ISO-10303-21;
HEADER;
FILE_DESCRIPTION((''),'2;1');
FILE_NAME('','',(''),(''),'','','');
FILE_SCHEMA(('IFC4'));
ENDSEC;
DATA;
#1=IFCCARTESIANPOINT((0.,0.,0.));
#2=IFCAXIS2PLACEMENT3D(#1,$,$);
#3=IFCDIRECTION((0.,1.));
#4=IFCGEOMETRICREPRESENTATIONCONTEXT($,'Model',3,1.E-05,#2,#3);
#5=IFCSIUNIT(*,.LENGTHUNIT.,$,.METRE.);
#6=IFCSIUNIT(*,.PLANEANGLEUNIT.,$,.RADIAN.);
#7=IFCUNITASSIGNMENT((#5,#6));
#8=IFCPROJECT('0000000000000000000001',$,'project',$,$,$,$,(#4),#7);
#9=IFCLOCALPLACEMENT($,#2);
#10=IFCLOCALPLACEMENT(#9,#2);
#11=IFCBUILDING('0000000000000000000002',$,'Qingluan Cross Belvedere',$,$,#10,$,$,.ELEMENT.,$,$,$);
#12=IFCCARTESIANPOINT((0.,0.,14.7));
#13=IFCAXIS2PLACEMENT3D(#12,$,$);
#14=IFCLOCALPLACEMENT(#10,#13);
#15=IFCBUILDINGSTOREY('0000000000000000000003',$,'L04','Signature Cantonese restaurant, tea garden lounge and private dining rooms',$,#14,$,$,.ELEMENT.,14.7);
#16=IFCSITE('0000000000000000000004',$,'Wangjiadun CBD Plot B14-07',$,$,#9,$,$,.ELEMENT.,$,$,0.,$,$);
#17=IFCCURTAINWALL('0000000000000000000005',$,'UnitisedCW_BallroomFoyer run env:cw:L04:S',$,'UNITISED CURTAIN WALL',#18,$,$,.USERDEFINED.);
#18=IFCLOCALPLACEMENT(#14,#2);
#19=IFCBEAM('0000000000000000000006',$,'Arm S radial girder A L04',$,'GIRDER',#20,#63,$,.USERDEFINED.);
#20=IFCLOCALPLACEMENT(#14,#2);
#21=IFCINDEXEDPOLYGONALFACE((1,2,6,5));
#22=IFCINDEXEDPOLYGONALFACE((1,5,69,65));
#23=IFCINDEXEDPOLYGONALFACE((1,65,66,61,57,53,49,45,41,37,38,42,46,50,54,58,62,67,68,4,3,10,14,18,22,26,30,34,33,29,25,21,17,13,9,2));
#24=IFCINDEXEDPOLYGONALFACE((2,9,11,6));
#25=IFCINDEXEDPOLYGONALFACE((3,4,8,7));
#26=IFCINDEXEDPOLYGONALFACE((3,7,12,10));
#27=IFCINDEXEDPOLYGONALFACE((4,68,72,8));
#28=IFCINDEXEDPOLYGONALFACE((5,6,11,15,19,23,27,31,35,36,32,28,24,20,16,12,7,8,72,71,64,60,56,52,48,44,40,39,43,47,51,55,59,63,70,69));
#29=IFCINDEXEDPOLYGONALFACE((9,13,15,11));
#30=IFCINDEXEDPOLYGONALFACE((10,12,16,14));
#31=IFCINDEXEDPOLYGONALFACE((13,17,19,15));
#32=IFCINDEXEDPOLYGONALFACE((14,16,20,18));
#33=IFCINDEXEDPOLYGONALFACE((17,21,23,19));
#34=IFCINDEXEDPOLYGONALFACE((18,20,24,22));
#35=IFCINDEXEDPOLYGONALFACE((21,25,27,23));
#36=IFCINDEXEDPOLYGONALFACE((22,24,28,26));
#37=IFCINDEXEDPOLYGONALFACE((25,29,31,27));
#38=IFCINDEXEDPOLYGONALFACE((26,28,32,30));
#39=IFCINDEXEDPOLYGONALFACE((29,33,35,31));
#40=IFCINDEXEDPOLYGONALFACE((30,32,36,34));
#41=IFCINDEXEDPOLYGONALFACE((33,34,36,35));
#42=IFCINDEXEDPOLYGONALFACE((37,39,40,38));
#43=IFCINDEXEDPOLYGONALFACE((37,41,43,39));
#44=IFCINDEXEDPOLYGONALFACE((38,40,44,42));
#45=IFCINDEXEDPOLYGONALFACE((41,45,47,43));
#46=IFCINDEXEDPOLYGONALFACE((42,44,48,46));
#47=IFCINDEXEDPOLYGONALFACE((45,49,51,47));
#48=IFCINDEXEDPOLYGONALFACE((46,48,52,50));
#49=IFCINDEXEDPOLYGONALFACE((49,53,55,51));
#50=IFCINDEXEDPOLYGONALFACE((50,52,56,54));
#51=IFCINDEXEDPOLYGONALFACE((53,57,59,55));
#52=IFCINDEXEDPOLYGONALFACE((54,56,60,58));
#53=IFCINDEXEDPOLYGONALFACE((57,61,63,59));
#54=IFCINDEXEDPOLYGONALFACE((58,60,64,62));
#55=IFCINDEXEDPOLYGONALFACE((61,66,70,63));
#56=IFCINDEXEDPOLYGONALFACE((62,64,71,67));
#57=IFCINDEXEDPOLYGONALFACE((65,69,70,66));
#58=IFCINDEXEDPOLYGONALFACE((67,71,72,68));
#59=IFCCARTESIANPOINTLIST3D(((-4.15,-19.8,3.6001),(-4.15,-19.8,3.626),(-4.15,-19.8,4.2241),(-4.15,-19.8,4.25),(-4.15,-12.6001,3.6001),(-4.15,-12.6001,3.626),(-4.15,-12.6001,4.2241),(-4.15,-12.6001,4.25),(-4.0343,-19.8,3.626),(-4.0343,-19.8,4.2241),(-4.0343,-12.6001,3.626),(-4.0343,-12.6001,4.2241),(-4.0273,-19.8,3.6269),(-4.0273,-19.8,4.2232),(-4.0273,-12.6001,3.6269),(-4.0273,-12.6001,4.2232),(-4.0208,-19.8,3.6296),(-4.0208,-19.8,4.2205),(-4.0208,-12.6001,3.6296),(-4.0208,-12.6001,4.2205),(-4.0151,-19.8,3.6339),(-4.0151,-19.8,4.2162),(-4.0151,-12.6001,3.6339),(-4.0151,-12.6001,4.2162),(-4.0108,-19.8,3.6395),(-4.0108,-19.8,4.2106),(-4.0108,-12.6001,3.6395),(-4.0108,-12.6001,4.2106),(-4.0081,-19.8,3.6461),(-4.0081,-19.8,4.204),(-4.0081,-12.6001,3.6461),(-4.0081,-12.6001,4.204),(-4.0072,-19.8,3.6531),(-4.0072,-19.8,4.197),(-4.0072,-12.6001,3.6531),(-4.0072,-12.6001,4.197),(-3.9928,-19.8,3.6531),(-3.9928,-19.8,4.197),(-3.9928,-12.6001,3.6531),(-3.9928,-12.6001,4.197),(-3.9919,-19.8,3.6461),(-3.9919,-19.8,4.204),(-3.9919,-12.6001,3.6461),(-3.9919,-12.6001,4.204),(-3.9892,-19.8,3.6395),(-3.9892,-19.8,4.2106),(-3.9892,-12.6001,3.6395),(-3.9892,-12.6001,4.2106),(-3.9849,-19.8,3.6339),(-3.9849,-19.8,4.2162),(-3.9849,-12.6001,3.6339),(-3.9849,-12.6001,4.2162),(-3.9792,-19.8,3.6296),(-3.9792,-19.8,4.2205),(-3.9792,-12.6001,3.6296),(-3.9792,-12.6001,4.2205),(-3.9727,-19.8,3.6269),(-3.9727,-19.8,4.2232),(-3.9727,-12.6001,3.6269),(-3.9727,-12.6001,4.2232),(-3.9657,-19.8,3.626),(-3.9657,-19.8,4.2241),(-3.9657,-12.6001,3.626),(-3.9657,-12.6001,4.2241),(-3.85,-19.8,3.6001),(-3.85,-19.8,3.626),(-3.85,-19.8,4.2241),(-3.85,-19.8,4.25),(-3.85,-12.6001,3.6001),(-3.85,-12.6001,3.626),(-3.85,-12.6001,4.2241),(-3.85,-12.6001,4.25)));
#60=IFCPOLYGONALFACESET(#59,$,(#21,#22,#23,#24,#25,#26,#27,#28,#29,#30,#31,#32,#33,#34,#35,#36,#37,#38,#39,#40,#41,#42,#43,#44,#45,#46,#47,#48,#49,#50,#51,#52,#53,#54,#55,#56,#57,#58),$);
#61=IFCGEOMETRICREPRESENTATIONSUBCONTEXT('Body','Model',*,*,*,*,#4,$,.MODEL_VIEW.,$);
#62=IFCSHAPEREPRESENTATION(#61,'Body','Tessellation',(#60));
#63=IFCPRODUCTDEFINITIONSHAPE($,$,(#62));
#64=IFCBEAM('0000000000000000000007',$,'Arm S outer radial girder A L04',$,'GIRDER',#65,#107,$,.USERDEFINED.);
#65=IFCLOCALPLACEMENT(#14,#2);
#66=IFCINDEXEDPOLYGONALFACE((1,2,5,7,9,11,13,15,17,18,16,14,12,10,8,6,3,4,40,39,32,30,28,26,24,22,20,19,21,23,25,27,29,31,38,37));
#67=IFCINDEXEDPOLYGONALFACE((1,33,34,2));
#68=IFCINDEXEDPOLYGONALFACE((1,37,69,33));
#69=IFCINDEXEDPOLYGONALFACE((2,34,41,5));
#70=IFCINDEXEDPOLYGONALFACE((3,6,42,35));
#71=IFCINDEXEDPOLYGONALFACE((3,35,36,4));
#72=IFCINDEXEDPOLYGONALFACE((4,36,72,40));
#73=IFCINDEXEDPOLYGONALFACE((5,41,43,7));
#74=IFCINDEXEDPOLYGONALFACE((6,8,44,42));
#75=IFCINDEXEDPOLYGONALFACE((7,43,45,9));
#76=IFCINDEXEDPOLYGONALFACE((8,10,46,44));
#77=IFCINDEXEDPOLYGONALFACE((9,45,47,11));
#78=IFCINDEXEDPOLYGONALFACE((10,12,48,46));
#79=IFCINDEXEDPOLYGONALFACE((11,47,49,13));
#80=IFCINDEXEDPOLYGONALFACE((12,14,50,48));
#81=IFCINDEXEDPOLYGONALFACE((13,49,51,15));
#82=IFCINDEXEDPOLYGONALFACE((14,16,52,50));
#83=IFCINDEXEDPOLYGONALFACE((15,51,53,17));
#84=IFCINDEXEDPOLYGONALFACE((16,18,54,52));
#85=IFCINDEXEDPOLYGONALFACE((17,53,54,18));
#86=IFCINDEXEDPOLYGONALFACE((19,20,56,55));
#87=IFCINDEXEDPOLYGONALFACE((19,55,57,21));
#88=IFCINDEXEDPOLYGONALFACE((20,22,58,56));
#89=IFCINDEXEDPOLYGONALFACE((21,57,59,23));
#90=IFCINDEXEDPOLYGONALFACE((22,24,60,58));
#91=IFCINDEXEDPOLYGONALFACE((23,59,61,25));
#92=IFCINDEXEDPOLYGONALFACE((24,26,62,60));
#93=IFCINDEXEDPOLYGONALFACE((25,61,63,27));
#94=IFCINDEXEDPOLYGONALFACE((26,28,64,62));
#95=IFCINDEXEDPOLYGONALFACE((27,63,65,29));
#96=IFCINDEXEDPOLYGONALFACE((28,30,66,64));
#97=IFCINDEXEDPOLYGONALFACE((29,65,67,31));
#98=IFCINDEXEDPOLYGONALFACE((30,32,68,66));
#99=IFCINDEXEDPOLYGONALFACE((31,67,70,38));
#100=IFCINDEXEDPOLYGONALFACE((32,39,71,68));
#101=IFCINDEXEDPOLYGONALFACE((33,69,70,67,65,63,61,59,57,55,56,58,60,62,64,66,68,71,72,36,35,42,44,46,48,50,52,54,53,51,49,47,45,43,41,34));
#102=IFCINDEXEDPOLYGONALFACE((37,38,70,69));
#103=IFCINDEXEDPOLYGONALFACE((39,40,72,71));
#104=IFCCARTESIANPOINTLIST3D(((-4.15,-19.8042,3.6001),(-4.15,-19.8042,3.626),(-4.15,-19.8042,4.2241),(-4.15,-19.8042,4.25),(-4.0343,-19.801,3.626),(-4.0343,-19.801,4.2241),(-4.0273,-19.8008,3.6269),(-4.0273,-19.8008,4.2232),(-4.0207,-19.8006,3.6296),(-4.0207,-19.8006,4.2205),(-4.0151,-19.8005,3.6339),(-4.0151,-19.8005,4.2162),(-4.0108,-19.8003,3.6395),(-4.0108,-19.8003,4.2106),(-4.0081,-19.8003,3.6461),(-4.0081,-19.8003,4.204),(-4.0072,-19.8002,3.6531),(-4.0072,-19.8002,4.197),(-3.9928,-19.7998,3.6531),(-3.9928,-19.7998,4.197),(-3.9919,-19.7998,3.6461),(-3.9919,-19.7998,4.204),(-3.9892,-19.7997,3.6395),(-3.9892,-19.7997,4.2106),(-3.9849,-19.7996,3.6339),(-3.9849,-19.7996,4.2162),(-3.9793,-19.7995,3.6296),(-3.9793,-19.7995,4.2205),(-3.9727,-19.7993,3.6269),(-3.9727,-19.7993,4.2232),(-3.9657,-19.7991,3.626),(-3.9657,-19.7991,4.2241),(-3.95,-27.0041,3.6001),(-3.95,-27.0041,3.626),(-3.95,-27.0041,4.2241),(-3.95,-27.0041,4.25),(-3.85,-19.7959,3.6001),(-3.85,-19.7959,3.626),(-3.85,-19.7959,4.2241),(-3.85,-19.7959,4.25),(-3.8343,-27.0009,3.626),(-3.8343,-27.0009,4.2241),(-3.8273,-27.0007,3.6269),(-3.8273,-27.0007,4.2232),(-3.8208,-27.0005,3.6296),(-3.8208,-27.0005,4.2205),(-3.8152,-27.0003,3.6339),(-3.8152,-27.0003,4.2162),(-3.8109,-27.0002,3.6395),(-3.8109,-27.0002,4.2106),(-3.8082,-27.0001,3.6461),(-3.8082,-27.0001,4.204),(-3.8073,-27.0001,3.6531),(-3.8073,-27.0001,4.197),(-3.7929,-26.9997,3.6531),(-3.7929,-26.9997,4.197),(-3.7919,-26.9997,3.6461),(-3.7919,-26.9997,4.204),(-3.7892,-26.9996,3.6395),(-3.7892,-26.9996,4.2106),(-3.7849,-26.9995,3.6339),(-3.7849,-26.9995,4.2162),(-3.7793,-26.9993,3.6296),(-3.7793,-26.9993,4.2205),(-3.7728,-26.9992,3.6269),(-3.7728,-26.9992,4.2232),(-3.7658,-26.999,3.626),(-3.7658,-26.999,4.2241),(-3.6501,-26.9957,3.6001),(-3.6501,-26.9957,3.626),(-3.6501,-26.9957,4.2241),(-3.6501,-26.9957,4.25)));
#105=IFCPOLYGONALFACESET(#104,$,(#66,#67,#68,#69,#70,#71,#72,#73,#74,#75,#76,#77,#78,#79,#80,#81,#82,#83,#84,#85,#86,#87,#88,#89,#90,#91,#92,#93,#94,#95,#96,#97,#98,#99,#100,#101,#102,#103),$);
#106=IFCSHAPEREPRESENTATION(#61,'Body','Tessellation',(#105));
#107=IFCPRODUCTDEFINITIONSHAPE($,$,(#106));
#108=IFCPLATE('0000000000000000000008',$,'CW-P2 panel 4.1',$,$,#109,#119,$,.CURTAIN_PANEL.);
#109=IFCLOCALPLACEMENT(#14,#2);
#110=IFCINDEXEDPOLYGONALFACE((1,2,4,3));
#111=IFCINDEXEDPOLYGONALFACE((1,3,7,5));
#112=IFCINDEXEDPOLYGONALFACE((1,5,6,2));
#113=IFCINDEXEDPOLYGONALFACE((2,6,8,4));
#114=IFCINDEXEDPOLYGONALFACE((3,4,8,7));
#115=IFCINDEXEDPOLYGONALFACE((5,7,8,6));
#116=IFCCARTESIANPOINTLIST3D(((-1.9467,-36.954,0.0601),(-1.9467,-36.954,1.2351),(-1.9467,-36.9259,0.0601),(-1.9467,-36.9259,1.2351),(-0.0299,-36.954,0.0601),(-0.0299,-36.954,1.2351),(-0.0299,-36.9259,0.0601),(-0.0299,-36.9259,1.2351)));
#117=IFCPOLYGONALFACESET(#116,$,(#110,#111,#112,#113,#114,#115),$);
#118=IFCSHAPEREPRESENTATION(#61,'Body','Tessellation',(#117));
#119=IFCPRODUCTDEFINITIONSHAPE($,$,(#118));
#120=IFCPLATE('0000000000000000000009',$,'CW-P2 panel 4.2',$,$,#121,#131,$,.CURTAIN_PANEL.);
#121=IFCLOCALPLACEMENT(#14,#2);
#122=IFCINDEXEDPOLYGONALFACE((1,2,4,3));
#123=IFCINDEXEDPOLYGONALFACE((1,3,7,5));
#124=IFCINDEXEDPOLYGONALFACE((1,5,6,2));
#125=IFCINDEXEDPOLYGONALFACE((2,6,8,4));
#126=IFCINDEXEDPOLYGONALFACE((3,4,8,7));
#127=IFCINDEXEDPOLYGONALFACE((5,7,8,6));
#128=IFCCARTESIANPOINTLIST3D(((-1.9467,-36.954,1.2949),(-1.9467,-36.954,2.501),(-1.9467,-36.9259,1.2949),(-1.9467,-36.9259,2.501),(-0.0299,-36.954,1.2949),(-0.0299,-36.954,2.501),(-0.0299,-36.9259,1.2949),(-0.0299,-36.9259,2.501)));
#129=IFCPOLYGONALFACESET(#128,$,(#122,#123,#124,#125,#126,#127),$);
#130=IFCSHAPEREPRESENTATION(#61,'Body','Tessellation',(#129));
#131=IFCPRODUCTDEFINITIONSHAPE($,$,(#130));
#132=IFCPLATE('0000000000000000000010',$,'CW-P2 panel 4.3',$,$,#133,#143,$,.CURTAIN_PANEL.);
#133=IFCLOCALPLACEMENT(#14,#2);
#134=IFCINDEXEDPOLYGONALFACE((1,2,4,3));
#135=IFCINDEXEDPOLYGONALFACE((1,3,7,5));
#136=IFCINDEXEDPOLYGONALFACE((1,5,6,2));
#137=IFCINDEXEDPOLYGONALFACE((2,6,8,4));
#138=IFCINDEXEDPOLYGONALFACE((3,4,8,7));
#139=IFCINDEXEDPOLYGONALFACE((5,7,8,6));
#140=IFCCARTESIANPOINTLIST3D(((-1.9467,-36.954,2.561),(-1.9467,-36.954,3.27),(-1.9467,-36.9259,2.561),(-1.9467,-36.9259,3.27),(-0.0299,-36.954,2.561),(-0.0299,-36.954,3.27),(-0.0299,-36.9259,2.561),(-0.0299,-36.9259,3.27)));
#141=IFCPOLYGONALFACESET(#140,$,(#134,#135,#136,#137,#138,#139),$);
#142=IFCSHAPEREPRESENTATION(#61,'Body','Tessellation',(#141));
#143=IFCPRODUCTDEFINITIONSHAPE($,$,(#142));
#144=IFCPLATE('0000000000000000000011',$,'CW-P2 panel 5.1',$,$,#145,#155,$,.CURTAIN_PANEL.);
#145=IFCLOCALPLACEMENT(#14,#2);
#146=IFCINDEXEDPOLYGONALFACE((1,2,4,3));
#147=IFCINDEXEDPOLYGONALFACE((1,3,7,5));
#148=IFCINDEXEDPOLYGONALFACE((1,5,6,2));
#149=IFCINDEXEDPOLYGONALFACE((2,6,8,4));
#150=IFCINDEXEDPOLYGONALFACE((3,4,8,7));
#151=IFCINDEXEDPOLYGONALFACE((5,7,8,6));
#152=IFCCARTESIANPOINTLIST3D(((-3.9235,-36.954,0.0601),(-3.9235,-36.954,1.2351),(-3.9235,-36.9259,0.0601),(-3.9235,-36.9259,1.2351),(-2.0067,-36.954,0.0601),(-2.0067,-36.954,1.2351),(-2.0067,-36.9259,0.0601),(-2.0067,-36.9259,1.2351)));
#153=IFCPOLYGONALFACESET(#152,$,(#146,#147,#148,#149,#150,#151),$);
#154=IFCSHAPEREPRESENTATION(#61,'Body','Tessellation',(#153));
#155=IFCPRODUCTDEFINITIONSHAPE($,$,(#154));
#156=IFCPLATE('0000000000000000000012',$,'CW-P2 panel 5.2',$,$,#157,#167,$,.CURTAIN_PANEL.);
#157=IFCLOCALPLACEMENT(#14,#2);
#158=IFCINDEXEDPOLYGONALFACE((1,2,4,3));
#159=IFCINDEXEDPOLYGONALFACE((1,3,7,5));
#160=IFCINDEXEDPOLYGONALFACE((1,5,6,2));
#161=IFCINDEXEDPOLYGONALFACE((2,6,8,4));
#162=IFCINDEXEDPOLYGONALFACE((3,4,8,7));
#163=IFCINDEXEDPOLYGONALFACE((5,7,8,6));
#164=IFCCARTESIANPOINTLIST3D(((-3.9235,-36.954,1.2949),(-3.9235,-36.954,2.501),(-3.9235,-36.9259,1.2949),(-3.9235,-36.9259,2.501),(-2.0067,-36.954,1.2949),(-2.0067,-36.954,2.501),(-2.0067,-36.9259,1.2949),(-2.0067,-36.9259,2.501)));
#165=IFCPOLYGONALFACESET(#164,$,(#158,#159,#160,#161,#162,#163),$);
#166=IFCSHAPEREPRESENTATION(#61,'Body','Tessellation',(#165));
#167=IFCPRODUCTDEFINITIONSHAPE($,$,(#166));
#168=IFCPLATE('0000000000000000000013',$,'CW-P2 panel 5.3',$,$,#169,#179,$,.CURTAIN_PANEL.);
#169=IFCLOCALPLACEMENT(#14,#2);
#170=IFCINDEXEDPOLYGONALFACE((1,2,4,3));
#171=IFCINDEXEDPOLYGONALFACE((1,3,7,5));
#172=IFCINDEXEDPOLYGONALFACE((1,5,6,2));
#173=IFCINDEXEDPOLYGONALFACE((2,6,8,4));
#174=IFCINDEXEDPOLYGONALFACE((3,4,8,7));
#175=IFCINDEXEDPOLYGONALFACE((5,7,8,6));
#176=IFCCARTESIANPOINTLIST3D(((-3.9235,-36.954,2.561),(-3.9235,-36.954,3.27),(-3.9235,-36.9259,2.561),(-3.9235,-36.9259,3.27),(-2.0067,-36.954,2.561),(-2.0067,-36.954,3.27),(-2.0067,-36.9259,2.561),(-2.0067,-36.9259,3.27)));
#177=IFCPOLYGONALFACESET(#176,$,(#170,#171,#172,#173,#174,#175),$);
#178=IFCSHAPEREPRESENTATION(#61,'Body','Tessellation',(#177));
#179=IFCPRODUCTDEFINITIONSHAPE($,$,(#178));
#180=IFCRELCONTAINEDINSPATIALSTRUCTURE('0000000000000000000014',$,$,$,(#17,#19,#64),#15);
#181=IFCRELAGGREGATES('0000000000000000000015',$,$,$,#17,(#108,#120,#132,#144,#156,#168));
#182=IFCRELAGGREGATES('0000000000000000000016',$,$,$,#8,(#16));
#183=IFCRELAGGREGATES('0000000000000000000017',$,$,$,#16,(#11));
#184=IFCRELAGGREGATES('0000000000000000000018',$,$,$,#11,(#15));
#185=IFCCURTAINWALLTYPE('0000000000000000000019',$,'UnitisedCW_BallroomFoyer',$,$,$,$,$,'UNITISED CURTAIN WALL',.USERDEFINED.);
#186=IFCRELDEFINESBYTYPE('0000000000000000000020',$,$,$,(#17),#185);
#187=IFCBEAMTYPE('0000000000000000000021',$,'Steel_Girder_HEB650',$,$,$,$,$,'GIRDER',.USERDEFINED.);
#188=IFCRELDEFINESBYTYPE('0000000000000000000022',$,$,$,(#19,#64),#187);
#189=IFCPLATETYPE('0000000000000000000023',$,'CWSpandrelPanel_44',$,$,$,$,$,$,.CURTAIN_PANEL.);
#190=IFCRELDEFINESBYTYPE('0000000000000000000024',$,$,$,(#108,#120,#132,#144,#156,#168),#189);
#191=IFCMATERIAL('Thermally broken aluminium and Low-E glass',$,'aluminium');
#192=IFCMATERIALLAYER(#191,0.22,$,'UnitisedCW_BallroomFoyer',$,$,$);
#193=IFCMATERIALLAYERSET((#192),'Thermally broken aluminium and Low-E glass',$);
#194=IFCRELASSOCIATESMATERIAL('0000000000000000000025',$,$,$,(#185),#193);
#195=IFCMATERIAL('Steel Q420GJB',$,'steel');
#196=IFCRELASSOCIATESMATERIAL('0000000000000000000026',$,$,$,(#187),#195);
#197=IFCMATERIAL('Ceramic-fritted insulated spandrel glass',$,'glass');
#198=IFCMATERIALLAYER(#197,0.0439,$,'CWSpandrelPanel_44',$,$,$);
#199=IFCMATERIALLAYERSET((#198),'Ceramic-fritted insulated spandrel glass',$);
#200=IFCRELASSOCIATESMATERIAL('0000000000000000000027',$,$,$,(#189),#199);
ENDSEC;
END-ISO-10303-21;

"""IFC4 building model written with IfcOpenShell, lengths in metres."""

from ifc_helpers import new_model, si_unit, direction, frame, origin, origin_2d, place, context, subcontext, project, spatial, rectangle, i_section, extrude, material, layer, layer_set, material_profile, profile_set, type_object, element, aggregate, save


model = new_model("IFC4")

# Units and contexts
model_context = context("Model", 3, precision=1e-05, world=origin(), true_north=direction((0.0, 1.0)))
body_context = subcontext(model_context, "Body", "Model", "MODEL_VIEW")
ifc_project = project(units=[si_unit("LENGTHUNIT", "METRE"), si_unit("PLANEANGLEUNIT", "RADIAN")], contexts=[model_context])

# Site, building, storey
site_placement = place(None, origin())
site = spatial("IfcSite", under=ifc_project, at=site_placement, Name="Wangjiadun CBD Plot B14-07", CompositionType="ELEMENT", RefElevation=0.0)
building_placement = place(site_placement, origin())
building = spatial("IfcBuilding", under=site, at=building_placement, Name="Qingluan Cross Belvedere", CompositionType="ELEMENT")
storey_placement = place(building_placement, frame((0.0, 0.0, 14.7)))
storey = spatial("IfcBuildingStorey", under=building, at=storey_placement, Name="L04", Description="Signature Cantonese restaurant, tea garden lounge and private dining rooms", CompositionType="ELEMENT", Elevation=14.7)

# Curtain wall
ifc_material_1 = material(Name="Thermally broken aluminium and Low-E glass", Category="aluminium")
ifc_layer_1 = layer(ifc_material_1, 0.22, Name="UnitisedCW_BallroomFoyer")
ifc_layer_set_1 = layer_set([ifc_layer_1], Name="Thermally broken aluminium and Low-E glass")
curtain_wall_type = type_object("IfcCurtainWallType", Name="UnitisedCW_BallroomFoyer", ElementType="UNITISED CURTAIN WALL", PredefinedType="USERDEFINED", material=ifc_layer_set_1)
curtain_wall_placement = place(storey_placement, origin())
curtain_wall = element("IfcCurtainWall", 1, at=curtain_wall_placement, inside=storey, type_object=curtain_wall_type, Name="UnitisedCW_BallroomFoyer run env:cw:L04:S", ObjectType="UNITISED CURTAIN WALL", PredefinedType="USERDEFINED")

# Beams
ifc_material_2 = material(Name="Steel Q420GJB", Category="steel")
ifc_material_profile_1 = material_profile(ifc_material_2, i_section(OverallWidth=0.3, OverallDepth=0.6499, WebThickness=0.0144, FlangeThickness=0.0259, FilletRadius=0.0271, at=origin_2d()), Name="HEB650")
ifc_profile_set_1 = profile_set([ifc_material_profile_1], Name="Steel Q420GJB")
beam_type_1 = type_object("IfcBeamType", Name="Steel_Girder_HEB650", ElementType="GIRDER", PredefinedType="USERDEFINED", material=ifc_profile_set_1)
beam_1_placement = place(storey_placement, frame((-4.0, -12.6001, 3.925), z_axis=(0.0, -1.0, 0.0), x_axis=(1.0, 0.0, 0.0)))
element("IfcBeam", 2, at=beam_1_placement, inside=storey, type_object=beam_type_1, Name="Arm S radial girder A L04", ObjectType="GIRDER", PredefinedType="USERDEFINED", context=body_context, shape_type="SweptSolid", body=[
    extrude(i_section(OverallWidth=0.3, OverallDepth=0.6499, WebThickness=0.0144, FlangeThickness=0.0259, FilletRadius=0.0271, at=origin_2d()), origin(), (0.0, 0.0, 1.0), 7.2),
])
beam_2_placement = place(storey_placement, frame((-4.0, -19.8, 3.925), z_axis=(0.02776, -0.999615, 0.0), x_axis=(0.999615, 0.02776, 0.0)))
element("IfcBeam", 3, at=beam_2_placement, inside=storey, type_object=beam_type_1, Name="Arm S outer radial girder A L04", ObjectType="GIRDER", PredefinedType="USERDEFINED", context=body_context, shape_type="SweptSolid", body=[
    extrude(i_section(OverallWidth=0.3, OverallDepth=0.6499, WebThickness=0.0144, FlangeThickness=0.0259, FilletRadius=0.0271, at=origin_2d()), origin(), (0.0, 0.0, 1.0), 7.2026),
])

# Plates
ifc_material_3 = material(Name="Ceramic-fritted insulated spandrel glass", Category="glass")
ifc_layer_2 = layer(ifc_material_3, 0.0439, Name="CWSpandrelPanel_44")
ifc_layer_set_2 = layer_set([ifc_layer_2], Name="Ceramic-fritted insulated spandrel glass")
plate_type = type_object("IfcPlateType", Name="CWSpandrelPanel_44", PredefinedType="CURTAIN_PANEL", material=ifc_layer_set_2)
plate_1_placement = place(storey_placement, frame((-0.9883, -36.9399, 0.0601), z_axis=(0.0, 0.0, 1.0), x_axis=(-1.0, 0.0, 0.0)))
plate_1 = element("IfcPlate", 4, at=plate_1_placement, type_object=plate_type, Name="CW-P2 panel 4.1", PredefinedType="CURTAIN_PANEL", context=body_context, shape_type="SweptSolid", body=[
    extrude(rectangle(XDim=1.9167, YDim=0.0281, at=origin_2d()), origin(), (0.0, 0.0, 1.0), 1.175),
])
plate_2_placement = place(storey_placement, frame((-0.9883, -36.9399, 1.2949), z_axis=(0.0, 0.0, 1.0), x_axis=(-1.0, 0.0, 0.0)))
plate_2 = element("IfcPlate", 5, at=plate_2_placement, type_object=plate_type, Name="CW-P2 panel 4.2", PredefinedType="CURTAIN_PANEL", context=body_context, shape_type="SweptSolid", body=[
    extrude(rectangle(XDim=1.9167, YDim=0.0281, at=origin_2d()), origin(), (0.0, 0.0, 1.0), 1.2061),
])
plate_3_placement = place(storey_placement, frame((-0.9883, -36.9399, 2.561), z_axis=(0.0, 0.0, 1.0), x_axis=(-1.0, 0.0, 0.0)))
plate_3 = element("IfcPlate", 6, at=plate_3_placement, type_object=plate_type, Name="CW-P2 panel 4.3", PredefinedType="CURTAIN_PANEL", context=body_context, shape_type="SweptSolid", body=[
    extrude(rectangle(XDim=1.9167, YDim=0.0281, at=origin_2d()), origin(), (0.0, 0.0, 1.0), 0.709),
])
plate_4_placement = place(storey_placement, frame((-2.9651, -36.9399, 0.0601), z_axis=(0.0, 0.0, 1.0), x_axis=(-1.0, 0.0, 0.0)))
plate_4 = element("IfcPlate", 7, at=plate_4_placement, type_object=plate_type, Name="CW-P2 panel 5.1", PredefinedType="CURTAIN_PANEL", context=body_context, shape_type="SweptSolid", body=[
    extrude(rectangle(XDim=1.9167, YDim=0.0281, at=origin_2d()), origin(), (0.0, 0.0, 1.0), 1.175),
])
plate_5_placement = place(storey_placement, frame((-2.9651, -36.9399, 1.2949), z_axis=(0.0, 0.0, 1.0), x_axis=(-1.0, 0.0, 0.0)))
plate_5 = element("IfcPlate", 8, at=plate_5_placement, type_object=plate_type, Name="CW-P2 panel 5.2", PredefinedType="CURTAIN_PANEL", context=body_context, shape_type="SweptSolid", body=[
    extrude(rectangle(XDim=1.9167, YDim=0.0281, at=origin_2d()), origin(), (0.0, 0.0, 1.0), 1.2061),
])
plate_6_placement = place(storey_placement, frame((-2.9651, -36.9399, 2.561), z_axis=(0.0, 0.0, 1.0), x_axis=(-1.0, 0.0, 0.0)))
plate_6 = element("IfcPlate", 9, at=plate_6_placement, type_object=plate_type, Name="CW-P2 panel 5.3", PredefinedType="CURTAIN_PANEL", context=body_context, shape_type="SweptSolid", body=[
    extrude(rectangle(XDim=1.9167, YDim=0.0281, at=origin_2d()), origin(), (0.0, 0.0, 1.0), 0.709),
])
aggregate(curtain_wall, [plate_1, plate_2, plate_3, plate_4, plate_5, plate_6])

save(model, "model.ifc")
